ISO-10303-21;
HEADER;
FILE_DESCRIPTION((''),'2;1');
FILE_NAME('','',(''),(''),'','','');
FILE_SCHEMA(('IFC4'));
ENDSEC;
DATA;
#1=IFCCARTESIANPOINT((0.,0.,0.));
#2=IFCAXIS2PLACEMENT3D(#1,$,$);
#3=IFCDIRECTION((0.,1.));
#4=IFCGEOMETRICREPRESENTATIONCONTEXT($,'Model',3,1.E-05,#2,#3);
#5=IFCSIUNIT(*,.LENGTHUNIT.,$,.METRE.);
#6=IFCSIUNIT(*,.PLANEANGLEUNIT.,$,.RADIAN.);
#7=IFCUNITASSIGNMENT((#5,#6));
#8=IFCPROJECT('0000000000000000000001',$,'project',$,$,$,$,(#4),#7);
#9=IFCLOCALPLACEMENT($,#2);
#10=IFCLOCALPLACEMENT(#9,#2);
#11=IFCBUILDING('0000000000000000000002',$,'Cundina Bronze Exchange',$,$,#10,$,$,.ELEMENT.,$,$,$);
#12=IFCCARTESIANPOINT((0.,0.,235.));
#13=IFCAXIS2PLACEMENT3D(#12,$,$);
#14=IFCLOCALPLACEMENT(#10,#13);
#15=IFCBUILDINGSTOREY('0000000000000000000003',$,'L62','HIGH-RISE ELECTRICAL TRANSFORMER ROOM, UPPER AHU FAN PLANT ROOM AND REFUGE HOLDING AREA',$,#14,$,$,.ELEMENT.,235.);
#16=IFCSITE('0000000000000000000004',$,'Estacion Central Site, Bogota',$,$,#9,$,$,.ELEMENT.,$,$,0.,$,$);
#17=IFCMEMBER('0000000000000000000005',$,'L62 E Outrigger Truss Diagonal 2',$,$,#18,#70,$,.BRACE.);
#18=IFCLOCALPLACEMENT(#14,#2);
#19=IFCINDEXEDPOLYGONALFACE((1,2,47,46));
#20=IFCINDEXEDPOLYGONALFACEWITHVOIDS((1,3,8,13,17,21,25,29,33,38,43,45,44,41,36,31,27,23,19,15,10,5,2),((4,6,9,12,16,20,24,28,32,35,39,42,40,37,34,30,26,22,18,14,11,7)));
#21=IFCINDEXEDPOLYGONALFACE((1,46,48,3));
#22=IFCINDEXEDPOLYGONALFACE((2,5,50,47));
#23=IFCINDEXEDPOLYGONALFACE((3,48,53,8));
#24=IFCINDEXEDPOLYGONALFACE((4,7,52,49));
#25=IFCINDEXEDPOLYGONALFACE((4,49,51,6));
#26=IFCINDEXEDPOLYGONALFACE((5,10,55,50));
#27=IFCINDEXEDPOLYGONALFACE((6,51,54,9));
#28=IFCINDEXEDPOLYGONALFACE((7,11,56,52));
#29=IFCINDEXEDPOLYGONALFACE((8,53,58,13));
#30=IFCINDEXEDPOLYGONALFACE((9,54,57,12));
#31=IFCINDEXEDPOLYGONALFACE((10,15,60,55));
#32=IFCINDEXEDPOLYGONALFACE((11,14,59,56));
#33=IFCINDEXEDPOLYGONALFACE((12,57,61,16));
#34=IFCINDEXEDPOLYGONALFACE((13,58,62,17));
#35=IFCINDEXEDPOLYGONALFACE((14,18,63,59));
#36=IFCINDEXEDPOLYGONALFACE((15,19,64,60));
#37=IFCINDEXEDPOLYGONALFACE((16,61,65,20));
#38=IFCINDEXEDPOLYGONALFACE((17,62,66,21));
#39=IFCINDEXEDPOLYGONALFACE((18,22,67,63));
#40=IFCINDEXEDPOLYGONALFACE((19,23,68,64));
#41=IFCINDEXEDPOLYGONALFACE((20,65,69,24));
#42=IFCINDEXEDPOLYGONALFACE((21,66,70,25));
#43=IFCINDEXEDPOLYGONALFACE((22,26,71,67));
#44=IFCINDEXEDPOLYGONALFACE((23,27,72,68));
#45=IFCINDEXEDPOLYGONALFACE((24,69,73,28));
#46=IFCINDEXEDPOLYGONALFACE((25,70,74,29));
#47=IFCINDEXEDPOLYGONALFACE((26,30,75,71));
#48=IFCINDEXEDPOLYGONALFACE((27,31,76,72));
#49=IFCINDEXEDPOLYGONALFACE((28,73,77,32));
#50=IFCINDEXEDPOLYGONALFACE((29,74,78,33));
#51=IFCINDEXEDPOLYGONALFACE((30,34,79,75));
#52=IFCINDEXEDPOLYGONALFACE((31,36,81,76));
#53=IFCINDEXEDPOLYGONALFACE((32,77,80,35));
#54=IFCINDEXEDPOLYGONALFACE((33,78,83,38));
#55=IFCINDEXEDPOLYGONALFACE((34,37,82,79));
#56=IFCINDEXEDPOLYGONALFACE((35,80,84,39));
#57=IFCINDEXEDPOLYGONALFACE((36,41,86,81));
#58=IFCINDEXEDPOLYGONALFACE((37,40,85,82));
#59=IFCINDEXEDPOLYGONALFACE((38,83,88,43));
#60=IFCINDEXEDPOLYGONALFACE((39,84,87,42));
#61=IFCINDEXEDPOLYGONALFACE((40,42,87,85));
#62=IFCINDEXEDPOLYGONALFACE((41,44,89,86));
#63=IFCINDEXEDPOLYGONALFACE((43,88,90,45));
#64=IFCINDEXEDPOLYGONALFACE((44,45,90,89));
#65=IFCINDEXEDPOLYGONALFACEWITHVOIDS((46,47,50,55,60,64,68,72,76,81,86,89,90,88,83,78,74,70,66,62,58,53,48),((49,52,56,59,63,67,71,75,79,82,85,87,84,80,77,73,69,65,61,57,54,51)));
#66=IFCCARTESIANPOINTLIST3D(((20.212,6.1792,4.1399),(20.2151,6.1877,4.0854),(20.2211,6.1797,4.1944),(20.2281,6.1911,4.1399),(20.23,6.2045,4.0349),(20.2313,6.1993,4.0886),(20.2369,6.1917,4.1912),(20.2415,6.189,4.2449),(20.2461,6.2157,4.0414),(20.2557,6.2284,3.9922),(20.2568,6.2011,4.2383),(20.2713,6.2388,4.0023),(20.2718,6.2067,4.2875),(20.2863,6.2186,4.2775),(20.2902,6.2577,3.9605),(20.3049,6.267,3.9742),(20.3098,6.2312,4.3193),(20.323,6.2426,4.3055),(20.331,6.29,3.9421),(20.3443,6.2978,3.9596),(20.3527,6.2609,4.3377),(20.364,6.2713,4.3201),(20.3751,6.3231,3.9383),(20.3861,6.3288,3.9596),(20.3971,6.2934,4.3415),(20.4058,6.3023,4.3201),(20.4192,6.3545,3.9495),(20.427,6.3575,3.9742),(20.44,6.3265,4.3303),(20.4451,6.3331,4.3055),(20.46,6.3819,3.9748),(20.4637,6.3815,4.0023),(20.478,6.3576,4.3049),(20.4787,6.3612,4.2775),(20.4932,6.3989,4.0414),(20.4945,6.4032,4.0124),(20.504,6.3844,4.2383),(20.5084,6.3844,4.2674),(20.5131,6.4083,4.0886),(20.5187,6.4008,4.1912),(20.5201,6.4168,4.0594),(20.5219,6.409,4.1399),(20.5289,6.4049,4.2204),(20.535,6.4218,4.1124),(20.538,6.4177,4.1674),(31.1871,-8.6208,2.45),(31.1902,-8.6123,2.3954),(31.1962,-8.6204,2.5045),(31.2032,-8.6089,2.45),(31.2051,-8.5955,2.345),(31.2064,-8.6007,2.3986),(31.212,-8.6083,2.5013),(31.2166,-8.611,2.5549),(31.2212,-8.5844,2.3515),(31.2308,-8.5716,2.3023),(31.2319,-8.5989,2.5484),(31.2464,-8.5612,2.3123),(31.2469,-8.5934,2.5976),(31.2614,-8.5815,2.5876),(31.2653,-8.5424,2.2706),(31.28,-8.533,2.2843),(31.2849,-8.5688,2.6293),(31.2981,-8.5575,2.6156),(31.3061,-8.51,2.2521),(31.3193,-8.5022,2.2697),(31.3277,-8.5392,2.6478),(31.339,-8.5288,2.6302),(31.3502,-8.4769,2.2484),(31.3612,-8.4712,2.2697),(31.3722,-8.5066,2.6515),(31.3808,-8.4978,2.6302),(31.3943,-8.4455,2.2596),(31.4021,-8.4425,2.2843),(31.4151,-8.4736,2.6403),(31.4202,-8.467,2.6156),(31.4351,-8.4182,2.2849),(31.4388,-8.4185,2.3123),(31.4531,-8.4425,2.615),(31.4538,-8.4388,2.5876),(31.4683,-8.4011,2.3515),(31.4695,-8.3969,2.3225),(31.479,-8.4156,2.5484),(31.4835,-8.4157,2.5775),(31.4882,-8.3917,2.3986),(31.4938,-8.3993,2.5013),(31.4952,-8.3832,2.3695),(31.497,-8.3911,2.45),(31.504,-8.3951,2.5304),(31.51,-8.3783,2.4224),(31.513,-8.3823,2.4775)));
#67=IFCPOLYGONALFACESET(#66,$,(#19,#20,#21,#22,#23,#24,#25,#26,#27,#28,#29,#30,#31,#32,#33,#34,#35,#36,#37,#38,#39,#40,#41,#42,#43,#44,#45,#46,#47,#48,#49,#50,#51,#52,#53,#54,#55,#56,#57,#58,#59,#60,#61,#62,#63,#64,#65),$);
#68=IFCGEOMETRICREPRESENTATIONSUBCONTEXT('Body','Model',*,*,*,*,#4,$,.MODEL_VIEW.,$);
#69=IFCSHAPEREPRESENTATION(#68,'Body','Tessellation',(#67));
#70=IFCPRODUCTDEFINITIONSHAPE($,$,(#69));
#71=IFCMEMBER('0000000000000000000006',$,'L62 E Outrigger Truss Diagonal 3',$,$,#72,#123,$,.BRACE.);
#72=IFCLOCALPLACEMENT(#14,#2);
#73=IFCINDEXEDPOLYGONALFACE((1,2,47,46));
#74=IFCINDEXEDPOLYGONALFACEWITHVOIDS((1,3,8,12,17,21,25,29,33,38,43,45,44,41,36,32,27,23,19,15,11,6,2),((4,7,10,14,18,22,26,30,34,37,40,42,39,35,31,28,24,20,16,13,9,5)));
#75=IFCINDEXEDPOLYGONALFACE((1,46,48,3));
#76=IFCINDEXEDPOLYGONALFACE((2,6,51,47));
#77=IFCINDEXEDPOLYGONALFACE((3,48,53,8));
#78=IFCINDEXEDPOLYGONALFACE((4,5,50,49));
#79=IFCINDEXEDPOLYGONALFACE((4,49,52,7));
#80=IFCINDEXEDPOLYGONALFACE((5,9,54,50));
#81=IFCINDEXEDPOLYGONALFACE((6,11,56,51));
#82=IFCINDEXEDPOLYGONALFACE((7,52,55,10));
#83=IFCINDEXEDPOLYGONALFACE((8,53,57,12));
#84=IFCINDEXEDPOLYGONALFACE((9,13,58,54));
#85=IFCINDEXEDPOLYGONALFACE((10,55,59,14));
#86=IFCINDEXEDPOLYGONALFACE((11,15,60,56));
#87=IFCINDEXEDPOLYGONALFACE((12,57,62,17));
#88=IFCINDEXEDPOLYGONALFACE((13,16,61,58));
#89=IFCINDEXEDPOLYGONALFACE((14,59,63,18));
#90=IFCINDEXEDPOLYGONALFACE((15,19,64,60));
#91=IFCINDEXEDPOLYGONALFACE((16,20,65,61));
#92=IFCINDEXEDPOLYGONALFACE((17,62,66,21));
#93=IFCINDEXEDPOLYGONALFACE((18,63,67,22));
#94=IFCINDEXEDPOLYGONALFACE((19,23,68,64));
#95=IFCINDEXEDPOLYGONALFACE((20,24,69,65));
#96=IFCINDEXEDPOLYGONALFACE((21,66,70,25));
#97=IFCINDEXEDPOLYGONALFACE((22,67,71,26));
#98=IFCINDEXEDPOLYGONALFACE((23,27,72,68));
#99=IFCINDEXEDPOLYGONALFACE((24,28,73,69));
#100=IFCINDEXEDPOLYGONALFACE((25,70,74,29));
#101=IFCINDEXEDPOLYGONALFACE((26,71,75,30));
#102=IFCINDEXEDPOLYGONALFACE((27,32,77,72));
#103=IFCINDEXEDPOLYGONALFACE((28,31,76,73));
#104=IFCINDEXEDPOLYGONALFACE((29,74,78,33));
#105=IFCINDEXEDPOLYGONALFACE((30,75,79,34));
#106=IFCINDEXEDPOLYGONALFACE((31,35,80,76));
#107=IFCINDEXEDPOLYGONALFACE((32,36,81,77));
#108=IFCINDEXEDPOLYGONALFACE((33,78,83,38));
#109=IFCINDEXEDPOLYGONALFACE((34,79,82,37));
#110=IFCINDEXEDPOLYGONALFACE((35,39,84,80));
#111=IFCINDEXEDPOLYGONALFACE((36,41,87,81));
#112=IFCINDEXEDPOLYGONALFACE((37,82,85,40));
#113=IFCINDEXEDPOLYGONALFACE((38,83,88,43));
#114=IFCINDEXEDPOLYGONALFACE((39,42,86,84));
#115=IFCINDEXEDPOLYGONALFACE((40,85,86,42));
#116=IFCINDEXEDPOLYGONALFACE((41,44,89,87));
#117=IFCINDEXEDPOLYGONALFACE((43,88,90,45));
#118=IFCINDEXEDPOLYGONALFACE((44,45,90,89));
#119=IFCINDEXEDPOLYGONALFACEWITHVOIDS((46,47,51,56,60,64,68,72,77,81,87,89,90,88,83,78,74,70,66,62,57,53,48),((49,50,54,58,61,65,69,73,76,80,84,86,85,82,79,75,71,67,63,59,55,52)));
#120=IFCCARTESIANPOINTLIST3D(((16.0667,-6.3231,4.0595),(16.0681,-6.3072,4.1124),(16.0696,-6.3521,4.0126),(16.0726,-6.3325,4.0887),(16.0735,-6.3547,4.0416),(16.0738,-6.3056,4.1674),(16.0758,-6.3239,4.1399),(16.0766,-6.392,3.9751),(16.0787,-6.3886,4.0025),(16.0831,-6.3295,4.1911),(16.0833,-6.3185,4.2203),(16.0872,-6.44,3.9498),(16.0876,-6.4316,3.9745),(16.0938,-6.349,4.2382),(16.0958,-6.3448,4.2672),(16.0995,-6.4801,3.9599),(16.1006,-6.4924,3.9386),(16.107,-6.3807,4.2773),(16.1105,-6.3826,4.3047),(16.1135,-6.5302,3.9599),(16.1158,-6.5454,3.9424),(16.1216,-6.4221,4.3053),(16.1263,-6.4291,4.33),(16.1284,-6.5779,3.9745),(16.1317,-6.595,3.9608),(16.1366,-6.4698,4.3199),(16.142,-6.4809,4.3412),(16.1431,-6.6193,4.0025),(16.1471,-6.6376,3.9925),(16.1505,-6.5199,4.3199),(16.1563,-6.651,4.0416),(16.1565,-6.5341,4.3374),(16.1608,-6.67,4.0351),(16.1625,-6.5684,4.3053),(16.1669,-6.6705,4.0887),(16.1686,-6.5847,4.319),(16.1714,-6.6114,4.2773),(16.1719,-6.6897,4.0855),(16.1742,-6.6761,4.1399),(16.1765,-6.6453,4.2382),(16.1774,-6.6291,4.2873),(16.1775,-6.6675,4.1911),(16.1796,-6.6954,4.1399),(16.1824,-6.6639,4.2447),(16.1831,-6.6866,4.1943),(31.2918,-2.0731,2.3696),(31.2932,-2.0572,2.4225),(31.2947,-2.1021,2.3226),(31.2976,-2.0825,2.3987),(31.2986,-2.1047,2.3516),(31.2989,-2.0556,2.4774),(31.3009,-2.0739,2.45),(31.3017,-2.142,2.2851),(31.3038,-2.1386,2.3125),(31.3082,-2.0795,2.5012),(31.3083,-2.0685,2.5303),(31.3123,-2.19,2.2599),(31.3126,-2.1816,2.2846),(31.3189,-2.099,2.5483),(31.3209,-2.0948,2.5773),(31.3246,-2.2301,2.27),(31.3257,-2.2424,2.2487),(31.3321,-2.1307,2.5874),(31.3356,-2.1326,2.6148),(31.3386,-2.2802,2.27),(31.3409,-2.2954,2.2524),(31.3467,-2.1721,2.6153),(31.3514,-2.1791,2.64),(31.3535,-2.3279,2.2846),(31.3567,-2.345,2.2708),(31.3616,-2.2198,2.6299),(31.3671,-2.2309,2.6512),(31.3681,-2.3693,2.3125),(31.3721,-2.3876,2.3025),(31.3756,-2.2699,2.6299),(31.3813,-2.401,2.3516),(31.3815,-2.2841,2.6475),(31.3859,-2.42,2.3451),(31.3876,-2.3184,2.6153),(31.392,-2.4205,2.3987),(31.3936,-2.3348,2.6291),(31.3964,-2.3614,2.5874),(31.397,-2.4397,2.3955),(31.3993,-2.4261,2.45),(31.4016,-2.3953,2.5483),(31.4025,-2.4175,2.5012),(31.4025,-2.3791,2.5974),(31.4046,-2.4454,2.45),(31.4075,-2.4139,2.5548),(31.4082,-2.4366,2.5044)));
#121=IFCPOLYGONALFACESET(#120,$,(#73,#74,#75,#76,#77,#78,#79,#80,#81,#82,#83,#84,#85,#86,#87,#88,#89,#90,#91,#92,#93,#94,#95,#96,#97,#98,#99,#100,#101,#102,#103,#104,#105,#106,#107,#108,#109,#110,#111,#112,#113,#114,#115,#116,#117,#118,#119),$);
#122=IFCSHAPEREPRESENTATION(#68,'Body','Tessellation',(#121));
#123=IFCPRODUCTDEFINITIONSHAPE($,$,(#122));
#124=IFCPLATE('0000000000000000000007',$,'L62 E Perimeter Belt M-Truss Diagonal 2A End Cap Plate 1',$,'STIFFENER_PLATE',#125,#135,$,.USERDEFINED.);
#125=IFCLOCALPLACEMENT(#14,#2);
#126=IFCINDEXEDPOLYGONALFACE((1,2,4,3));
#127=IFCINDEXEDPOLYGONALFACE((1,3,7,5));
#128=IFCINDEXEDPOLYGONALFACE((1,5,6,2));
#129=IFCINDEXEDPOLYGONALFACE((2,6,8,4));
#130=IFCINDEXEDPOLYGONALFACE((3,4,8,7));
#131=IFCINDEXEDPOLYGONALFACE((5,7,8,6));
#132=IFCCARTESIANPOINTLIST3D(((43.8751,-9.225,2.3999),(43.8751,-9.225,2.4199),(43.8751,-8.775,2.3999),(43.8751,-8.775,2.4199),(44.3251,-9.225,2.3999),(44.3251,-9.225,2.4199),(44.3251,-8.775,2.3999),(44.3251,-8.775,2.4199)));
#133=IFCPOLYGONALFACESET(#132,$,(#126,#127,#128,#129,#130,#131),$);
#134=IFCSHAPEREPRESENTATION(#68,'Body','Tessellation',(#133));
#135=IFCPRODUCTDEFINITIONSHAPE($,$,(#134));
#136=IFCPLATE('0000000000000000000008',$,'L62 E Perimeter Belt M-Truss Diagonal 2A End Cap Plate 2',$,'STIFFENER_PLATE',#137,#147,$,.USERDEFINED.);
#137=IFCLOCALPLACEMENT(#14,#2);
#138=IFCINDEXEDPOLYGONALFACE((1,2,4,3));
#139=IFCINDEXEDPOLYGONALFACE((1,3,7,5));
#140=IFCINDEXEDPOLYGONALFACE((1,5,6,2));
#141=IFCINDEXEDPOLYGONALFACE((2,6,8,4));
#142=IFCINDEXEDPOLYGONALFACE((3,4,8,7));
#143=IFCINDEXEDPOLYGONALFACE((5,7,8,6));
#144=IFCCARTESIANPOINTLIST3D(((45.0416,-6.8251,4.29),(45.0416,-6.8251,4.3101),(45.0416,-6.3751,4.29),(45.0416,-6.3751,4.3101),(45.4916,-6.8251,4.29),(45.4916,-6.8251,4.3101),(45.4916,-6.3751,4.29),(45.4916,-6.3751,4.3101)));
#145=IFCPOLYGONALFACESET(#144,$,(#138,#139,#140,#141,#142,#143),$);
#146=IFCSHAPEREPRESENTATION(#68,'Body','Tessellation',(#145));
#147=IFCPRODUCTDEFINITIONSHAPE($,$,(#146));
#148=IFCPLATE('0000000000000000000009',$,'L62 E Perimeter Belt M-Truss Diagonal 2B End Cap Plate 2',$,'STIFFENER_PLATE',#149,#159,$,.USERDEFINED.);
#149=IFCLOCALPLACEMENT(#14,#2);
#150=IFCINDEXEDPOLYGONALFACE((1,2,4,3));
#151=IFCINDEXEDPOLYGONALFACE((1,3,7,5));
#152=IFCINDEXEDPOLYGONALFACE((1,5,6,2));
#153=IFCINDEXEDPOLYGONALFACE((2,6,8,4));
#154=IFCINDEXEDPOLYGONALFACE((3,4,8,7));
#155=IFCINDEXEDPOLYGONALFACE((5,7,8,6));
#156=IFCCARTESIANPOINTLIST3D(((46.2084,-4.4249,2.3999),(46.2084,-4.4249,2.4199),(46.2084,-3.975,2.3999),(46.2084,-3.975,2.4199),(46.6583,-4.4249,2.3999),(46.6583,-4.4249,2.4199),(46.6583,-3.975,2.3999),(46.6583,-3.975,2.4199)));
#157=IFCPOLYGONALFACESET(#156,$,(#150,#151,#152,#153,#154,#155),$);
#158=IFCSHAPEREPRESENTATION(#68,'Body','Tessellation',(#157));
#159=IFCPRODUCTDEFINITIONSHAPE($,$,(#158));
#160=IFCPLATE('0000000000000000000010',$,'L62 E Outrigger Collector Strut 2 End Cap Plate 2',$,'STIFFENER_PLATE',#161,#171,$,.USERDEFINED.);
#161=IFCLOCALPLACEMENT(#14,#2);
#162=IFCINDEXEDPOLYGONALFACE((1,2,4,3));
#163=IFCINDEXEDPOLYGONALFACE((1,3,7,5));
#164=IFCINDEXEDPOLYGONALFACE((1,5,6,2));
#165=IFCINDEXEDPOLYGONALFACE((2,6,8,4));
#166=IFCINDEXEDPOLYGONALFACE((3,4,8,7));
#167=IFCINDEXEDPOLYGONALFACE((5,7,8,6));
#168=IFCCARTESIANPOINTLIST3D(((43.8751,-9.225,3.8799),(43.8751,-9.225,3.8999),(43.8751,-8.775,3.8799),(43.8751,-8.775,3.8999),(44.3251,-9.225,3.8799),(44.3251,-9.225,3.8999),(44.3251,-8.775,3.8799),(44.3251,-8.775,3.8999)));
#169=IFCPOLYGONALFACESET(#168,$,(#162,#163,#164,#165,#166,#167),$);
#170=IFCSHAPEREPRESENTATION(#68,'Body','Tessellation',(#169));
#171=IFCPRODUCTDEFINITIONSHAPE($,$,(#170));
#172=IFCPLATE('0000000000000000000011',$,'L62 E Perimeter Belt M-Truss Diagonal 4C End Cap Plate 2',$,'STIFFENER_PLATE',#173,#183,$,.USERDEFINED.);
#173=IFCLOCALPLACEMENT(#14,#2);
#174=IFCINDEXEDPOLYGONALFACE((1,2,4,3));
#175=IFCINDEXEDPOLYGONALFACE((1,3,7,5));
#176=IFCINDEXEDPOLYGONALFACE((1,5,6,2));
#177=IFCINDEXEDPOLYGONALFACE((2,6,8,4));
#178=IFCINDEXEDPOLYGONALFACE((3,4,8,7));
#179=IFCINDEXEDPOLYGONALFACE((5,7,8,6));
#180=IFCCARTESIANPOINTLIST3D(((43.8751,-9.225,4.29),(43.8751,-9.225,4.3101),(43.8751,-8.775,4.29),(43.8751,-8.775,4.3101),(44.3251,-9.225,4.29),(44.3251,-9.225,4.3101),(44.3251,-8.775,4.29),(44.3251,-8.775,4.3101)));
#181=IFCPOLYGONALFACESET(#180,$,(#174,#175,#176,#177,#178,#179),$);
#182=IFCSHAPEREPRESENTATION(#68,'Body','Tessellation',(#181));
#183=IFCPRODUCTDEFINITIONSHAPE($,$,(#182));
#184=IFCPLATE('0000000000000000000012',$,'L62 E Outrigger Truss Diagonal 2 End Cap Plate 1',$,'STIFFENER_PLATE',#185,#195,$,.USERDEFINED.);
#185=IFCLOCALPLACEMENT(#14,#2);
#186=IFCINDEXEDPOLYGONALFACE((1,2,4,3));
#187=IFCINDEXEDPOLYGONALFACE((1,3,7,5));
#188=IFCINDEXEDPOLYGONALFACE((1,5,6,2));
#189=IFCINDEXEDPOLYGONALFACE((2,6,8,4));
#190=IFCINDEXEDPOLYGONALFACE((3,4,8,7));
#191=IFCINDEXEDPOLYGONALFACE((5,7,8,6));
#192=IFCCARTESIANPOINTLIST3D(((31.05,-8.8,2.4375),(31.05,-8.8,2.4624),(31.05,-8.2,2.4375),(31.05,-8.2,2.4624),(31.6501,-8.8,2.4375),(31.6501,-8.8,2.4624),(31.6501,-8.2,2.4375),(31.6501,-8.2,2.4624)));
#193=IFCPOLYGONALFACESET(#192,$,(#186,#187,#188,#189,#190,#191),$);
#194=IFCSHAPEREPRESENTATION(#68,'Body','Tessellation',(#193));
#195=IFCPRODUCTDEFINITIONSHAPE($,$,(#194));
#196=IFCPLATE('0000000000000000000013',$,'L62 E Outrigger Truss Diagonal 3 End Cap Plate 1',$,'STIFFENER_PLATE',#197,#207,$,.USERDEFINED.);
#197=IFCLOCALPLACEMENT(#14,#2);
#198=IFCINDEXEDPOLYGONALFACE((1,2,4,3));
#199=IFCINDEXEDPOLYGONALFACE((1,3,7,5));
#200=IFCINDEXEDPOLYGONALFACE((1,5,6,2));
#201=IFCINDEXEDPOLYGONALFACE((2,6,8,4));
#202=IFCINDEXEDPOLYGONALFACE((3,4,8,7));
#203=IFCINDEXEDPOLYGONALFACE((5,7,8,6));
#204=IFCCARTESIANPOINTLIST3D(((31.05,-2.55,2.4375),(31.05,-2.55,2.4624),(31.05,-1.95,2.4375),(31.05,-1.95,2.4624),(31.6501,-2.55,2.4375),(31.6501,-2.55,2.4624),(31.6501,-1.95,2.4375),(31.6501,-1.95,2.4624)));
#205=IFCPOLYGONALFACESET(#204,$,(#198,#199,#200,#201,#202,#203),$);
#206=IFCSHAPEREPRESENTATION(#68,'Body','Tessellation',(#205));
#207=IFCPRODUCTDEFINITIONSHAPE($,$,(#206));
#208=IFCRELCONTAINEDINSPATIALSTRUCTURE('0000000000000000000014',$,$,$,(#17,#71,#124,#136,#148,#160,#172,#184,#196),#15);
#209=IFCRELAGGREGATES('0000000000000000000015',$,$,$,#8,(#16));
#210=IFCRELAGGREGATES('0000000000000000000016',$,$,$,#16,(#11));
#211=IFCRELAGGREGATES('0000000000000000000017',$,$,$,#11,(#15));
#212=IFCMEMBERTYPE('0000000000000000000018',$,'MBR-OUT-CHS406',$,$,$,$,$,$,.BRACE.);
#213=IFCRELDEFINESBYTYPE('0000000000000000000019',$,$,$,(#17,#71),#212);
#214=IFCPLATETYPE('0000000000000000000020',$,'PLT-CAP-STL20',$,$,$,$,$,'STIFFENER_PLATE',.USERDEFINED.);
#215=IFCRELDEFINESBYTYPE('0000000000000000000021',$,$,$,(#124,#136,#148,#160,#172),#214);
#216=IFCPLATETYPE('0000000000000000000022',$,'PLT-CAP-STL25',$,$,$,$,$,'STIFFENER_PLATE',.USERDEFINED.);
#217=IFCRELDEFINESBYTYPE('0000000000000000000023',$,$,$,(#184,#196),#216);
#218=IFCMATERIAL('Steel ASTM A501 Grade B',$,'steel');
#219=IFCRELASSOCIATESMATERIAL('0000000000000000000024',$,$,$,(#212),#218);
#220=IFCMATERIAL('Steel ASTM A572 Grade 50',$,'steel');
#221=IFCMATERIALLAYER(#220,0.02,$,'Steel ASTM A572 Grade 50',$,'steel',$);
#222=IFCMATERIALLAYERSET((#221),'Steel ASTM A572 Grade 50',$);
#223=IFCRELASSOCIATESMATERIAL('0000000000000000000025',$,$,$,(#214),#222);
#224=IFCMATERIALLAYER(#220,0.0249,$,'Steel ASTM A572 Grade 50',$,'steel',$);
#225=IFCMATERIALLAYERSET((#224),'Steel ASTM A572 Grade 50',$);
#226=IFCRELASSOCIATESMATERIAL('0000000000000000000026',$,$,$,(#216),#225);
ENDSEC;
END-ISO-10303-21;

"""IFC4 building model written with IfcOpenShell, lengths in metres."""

from ifc_helpers import new_model, si_unit, direction, frame, origin, origin_2d, place, context, subcontext, project, spatial, rectangle, hollow_circle, extrude, material, layer, layer_set, material_profile, profile_set, type_object, element, save


model = new_model("IFC4")

# Units and contexts
model_context = context("Model", 3, precision=1e-05, world=origin(), true_north=direction((0.0, 1.0)))
body_context = subcontext(model_context, "Body", "Model", "MODEL_VIEW")
ifc_project = project(units=[si_unit("LENGTHUNIT", "METRE"), si_unit("PLANEANGLEUNIT", "RADIAN")], contexts=[model_context])

# Site, building, storey
site_placement = place(None, origin())
site = spatial("IfcSite", under=ifc_project, at=site_placement, Name="Estacion Central Site, Bogota", CompositionType="ELEMENT", RefElevation=0.0)
building_placement = place(site_placement, origin())
building = spatial("IfcBuilding", under=site, at=building_placement, Name="Cundina Bronze Exchange", CompositionType="ELEMENT")
storey_placement = place(building_placement, frame((0.0, 0.0, 235.0)))
storey = spatial("IfcBuildingStorey", under=building, at=storey_placement, Name="L62", Description="HIGH-RISE ELECTRICAL TRANSFORMER ROOM, UPPER AHU FAN PLANT ROOM AND REFUGE HOLDING AREA", CompositionType="ELEMENT", Elevation=235.0)

# Members
ifc_material_1 = material(Name="Steel ASTM A501 Grade B", Category="steel")
ifc_material_profile_1 = material_profile(ifc_material_1, hollow_circle(Radius=0.2029, WallThickness=0.02, at=origin_2d()), Name="CHS406X20", Category="steel")
ifc_profile_set_1 = profile_set([ifc_material_profile_1], Name="Steel ASTM A501 Grade B")
member_type_1 = type_object("IfcMemberType", Name="MBR-OUT-CHS406", PredefinedType="BRACE", material=ifc_profile_set_1)
member_1_placement = place(storey_placement, frame((31.3501, -8.5, 2.45), z_axis=(-0.593162, 0.799886, 0.091335), x_axis=(-0.803243, -0.595651, 0.0)))
element("IfcMember", 1, at=member_1_placement, inside=storey, type_object=member_type_1, Name="L62 E Outrigger Truss Diagonal 2", PredefinedType="BRACE", context=body_context, shape_type="SweptSolid", body=[
    extrude(hollow_circle(Radius=0.2029, WallThickness=0.02, at=origin_2d()), origin(), (0.0, 0.0, 1.0), 18.5027),
])
member_2_placement = place(storey_placement, frame((31.3501, -2.25, 2.45), z_axis=(-0.95772, -0.267342, 0.106304), x_axis=(0.268866, -0.963178, 0.0)))
element("IfcMember", 2, at=member_2_placement, inside=storey, type_object=member_type_1, Name="L62 E Outrigger Truss Diagonal 3", PredefinedType="BRACE", context=body_context, shape_type="SweptSolid", body=[
    extrude(hollow_circle(Radius=0.2029, WallThickness=0.02, at=origin_2d()), origin(), (0.0, 0.0, 1.0), 15.8972),
])

# Plates
ifc_material_2 = material(Name="Steel ASTM A572 Grade 50", Category="steel")
ifc_layer_1 = layer(ifc_material_2, 0.02, Name="Steel ASTM A572 Grade 50", Category="steel")
ifc_layer_set_1 = layer_set([ifc_layer_1], Name="Steel ASTM A572 Grade 50")
plate_type_1 = type_object("IfcPlateType", Name="PLT-CAP-STL20", ElementType="STIFFENER_PLATE", PredefinedType="USERDEFINED", material=ifc_layer_set_1)
for number, where, z_axis, x_axis, name in (
    (3, (44.1001, -9.0, 2.3999), (0.0, 0.0, 1.0), (1.0, 0.0, 0.0), "L62 E Perimeter Belt M-Truss Diagonal 2A End Cap Plate 1"),
    (4, (45.2666, -6.6001, 4.29), (0.0, 0.0, 1.0), (1.0, 0.0, 0.0), "L62 E Perimeter Belt M-Truss Diagonal 2A End Cap Plate 2"),
    (5, (46.4333, -4.2, 2.3999), (0.0, 0.0, 1.0), (1.0, 0.0, 0.0), "L62 E Perimeter Belt M-Truss Diagonal 2B End Cap Plate 2"),
    (6, (44.1001, -9.0, 3.8799), (0.0, 0.0, 1.0), (1.0, 0.0, 0.0), "L62 E Outrigger Collector Strut 2 End Cap Plate 2"),
    (7, (44.1001, -9.0, 4.29), (0.0, 0.0, 1.0), (1.0, 0.0, 0.0), "L62 E Perimeter Belt M-Truss Diagonal 4C End Cap Plate 2"),
):
    element("IfcPlate", number, at=place(storey_placement, frame(where, z_axis=z_axis, x_axis=x_axis)), inside=storey, type_object=plate_type_1, Name=name, ObjectType="STIFFENER_PLATE", PredefinedType="USERDEFINED", context=body_context, shape_type="SweptSolid", body=[
        extrude(rectangle(XDim=0.45, YDim=0.45, at=origin_2d()), origin(), (0.0, 0.0, 1.0), 0.02),
    ])
ifc_layer_2 = layer(ifc_material_2, 0.0249, Name="Steel ASTM A572 Grade 50", Category="steel")
ifc_layer_set_2 = layer_set([ifc_layer_2], Name="Steel ASTM A572 Grade 50")
plate_type_2 = type_object("IfcPlateType", Name="PLT-CAP-STL25", ElementType="STIFFENER_PLATE", PredefinedType="USERDEFINED", material=ifc_layer_set_2)
for number, where, z_axis, x_axis, name in (
    (8, (31.3501, -8.5, 2.4375), (0.0, 0.0, 1.0), (1.0, 0.0, 0.0), "L62 E Outrigger Truss Diagonal 2 End Cap Plate 1"),
    (9, (31.3501, -2.25, 2.4375), (0.0, 0.0, 1.0), (1.0, 0.0, 0.0), "L62 E Outrigger Truss Diagonal 3 End Cap Plate 1"),
):
    element("IfcPlate", number, at=place(storey_placement, frame(where, z_axis=z_axis, x_axis=x_axis)), inside=storey, type_object=plate_type_2, Name=name, ObjectType="STIFFENER_PLATE", PredefinedType="USERDEFINED", context=body_context, shape_type="SweptSolid", body=[
        extrude(rectangle(XDim=0.6001, YDim=0.6001, at=origin_2d()), origin(), (0.0, 0.0, 1.0), 0.0249),
    ])

save(model, "model.ifc")
